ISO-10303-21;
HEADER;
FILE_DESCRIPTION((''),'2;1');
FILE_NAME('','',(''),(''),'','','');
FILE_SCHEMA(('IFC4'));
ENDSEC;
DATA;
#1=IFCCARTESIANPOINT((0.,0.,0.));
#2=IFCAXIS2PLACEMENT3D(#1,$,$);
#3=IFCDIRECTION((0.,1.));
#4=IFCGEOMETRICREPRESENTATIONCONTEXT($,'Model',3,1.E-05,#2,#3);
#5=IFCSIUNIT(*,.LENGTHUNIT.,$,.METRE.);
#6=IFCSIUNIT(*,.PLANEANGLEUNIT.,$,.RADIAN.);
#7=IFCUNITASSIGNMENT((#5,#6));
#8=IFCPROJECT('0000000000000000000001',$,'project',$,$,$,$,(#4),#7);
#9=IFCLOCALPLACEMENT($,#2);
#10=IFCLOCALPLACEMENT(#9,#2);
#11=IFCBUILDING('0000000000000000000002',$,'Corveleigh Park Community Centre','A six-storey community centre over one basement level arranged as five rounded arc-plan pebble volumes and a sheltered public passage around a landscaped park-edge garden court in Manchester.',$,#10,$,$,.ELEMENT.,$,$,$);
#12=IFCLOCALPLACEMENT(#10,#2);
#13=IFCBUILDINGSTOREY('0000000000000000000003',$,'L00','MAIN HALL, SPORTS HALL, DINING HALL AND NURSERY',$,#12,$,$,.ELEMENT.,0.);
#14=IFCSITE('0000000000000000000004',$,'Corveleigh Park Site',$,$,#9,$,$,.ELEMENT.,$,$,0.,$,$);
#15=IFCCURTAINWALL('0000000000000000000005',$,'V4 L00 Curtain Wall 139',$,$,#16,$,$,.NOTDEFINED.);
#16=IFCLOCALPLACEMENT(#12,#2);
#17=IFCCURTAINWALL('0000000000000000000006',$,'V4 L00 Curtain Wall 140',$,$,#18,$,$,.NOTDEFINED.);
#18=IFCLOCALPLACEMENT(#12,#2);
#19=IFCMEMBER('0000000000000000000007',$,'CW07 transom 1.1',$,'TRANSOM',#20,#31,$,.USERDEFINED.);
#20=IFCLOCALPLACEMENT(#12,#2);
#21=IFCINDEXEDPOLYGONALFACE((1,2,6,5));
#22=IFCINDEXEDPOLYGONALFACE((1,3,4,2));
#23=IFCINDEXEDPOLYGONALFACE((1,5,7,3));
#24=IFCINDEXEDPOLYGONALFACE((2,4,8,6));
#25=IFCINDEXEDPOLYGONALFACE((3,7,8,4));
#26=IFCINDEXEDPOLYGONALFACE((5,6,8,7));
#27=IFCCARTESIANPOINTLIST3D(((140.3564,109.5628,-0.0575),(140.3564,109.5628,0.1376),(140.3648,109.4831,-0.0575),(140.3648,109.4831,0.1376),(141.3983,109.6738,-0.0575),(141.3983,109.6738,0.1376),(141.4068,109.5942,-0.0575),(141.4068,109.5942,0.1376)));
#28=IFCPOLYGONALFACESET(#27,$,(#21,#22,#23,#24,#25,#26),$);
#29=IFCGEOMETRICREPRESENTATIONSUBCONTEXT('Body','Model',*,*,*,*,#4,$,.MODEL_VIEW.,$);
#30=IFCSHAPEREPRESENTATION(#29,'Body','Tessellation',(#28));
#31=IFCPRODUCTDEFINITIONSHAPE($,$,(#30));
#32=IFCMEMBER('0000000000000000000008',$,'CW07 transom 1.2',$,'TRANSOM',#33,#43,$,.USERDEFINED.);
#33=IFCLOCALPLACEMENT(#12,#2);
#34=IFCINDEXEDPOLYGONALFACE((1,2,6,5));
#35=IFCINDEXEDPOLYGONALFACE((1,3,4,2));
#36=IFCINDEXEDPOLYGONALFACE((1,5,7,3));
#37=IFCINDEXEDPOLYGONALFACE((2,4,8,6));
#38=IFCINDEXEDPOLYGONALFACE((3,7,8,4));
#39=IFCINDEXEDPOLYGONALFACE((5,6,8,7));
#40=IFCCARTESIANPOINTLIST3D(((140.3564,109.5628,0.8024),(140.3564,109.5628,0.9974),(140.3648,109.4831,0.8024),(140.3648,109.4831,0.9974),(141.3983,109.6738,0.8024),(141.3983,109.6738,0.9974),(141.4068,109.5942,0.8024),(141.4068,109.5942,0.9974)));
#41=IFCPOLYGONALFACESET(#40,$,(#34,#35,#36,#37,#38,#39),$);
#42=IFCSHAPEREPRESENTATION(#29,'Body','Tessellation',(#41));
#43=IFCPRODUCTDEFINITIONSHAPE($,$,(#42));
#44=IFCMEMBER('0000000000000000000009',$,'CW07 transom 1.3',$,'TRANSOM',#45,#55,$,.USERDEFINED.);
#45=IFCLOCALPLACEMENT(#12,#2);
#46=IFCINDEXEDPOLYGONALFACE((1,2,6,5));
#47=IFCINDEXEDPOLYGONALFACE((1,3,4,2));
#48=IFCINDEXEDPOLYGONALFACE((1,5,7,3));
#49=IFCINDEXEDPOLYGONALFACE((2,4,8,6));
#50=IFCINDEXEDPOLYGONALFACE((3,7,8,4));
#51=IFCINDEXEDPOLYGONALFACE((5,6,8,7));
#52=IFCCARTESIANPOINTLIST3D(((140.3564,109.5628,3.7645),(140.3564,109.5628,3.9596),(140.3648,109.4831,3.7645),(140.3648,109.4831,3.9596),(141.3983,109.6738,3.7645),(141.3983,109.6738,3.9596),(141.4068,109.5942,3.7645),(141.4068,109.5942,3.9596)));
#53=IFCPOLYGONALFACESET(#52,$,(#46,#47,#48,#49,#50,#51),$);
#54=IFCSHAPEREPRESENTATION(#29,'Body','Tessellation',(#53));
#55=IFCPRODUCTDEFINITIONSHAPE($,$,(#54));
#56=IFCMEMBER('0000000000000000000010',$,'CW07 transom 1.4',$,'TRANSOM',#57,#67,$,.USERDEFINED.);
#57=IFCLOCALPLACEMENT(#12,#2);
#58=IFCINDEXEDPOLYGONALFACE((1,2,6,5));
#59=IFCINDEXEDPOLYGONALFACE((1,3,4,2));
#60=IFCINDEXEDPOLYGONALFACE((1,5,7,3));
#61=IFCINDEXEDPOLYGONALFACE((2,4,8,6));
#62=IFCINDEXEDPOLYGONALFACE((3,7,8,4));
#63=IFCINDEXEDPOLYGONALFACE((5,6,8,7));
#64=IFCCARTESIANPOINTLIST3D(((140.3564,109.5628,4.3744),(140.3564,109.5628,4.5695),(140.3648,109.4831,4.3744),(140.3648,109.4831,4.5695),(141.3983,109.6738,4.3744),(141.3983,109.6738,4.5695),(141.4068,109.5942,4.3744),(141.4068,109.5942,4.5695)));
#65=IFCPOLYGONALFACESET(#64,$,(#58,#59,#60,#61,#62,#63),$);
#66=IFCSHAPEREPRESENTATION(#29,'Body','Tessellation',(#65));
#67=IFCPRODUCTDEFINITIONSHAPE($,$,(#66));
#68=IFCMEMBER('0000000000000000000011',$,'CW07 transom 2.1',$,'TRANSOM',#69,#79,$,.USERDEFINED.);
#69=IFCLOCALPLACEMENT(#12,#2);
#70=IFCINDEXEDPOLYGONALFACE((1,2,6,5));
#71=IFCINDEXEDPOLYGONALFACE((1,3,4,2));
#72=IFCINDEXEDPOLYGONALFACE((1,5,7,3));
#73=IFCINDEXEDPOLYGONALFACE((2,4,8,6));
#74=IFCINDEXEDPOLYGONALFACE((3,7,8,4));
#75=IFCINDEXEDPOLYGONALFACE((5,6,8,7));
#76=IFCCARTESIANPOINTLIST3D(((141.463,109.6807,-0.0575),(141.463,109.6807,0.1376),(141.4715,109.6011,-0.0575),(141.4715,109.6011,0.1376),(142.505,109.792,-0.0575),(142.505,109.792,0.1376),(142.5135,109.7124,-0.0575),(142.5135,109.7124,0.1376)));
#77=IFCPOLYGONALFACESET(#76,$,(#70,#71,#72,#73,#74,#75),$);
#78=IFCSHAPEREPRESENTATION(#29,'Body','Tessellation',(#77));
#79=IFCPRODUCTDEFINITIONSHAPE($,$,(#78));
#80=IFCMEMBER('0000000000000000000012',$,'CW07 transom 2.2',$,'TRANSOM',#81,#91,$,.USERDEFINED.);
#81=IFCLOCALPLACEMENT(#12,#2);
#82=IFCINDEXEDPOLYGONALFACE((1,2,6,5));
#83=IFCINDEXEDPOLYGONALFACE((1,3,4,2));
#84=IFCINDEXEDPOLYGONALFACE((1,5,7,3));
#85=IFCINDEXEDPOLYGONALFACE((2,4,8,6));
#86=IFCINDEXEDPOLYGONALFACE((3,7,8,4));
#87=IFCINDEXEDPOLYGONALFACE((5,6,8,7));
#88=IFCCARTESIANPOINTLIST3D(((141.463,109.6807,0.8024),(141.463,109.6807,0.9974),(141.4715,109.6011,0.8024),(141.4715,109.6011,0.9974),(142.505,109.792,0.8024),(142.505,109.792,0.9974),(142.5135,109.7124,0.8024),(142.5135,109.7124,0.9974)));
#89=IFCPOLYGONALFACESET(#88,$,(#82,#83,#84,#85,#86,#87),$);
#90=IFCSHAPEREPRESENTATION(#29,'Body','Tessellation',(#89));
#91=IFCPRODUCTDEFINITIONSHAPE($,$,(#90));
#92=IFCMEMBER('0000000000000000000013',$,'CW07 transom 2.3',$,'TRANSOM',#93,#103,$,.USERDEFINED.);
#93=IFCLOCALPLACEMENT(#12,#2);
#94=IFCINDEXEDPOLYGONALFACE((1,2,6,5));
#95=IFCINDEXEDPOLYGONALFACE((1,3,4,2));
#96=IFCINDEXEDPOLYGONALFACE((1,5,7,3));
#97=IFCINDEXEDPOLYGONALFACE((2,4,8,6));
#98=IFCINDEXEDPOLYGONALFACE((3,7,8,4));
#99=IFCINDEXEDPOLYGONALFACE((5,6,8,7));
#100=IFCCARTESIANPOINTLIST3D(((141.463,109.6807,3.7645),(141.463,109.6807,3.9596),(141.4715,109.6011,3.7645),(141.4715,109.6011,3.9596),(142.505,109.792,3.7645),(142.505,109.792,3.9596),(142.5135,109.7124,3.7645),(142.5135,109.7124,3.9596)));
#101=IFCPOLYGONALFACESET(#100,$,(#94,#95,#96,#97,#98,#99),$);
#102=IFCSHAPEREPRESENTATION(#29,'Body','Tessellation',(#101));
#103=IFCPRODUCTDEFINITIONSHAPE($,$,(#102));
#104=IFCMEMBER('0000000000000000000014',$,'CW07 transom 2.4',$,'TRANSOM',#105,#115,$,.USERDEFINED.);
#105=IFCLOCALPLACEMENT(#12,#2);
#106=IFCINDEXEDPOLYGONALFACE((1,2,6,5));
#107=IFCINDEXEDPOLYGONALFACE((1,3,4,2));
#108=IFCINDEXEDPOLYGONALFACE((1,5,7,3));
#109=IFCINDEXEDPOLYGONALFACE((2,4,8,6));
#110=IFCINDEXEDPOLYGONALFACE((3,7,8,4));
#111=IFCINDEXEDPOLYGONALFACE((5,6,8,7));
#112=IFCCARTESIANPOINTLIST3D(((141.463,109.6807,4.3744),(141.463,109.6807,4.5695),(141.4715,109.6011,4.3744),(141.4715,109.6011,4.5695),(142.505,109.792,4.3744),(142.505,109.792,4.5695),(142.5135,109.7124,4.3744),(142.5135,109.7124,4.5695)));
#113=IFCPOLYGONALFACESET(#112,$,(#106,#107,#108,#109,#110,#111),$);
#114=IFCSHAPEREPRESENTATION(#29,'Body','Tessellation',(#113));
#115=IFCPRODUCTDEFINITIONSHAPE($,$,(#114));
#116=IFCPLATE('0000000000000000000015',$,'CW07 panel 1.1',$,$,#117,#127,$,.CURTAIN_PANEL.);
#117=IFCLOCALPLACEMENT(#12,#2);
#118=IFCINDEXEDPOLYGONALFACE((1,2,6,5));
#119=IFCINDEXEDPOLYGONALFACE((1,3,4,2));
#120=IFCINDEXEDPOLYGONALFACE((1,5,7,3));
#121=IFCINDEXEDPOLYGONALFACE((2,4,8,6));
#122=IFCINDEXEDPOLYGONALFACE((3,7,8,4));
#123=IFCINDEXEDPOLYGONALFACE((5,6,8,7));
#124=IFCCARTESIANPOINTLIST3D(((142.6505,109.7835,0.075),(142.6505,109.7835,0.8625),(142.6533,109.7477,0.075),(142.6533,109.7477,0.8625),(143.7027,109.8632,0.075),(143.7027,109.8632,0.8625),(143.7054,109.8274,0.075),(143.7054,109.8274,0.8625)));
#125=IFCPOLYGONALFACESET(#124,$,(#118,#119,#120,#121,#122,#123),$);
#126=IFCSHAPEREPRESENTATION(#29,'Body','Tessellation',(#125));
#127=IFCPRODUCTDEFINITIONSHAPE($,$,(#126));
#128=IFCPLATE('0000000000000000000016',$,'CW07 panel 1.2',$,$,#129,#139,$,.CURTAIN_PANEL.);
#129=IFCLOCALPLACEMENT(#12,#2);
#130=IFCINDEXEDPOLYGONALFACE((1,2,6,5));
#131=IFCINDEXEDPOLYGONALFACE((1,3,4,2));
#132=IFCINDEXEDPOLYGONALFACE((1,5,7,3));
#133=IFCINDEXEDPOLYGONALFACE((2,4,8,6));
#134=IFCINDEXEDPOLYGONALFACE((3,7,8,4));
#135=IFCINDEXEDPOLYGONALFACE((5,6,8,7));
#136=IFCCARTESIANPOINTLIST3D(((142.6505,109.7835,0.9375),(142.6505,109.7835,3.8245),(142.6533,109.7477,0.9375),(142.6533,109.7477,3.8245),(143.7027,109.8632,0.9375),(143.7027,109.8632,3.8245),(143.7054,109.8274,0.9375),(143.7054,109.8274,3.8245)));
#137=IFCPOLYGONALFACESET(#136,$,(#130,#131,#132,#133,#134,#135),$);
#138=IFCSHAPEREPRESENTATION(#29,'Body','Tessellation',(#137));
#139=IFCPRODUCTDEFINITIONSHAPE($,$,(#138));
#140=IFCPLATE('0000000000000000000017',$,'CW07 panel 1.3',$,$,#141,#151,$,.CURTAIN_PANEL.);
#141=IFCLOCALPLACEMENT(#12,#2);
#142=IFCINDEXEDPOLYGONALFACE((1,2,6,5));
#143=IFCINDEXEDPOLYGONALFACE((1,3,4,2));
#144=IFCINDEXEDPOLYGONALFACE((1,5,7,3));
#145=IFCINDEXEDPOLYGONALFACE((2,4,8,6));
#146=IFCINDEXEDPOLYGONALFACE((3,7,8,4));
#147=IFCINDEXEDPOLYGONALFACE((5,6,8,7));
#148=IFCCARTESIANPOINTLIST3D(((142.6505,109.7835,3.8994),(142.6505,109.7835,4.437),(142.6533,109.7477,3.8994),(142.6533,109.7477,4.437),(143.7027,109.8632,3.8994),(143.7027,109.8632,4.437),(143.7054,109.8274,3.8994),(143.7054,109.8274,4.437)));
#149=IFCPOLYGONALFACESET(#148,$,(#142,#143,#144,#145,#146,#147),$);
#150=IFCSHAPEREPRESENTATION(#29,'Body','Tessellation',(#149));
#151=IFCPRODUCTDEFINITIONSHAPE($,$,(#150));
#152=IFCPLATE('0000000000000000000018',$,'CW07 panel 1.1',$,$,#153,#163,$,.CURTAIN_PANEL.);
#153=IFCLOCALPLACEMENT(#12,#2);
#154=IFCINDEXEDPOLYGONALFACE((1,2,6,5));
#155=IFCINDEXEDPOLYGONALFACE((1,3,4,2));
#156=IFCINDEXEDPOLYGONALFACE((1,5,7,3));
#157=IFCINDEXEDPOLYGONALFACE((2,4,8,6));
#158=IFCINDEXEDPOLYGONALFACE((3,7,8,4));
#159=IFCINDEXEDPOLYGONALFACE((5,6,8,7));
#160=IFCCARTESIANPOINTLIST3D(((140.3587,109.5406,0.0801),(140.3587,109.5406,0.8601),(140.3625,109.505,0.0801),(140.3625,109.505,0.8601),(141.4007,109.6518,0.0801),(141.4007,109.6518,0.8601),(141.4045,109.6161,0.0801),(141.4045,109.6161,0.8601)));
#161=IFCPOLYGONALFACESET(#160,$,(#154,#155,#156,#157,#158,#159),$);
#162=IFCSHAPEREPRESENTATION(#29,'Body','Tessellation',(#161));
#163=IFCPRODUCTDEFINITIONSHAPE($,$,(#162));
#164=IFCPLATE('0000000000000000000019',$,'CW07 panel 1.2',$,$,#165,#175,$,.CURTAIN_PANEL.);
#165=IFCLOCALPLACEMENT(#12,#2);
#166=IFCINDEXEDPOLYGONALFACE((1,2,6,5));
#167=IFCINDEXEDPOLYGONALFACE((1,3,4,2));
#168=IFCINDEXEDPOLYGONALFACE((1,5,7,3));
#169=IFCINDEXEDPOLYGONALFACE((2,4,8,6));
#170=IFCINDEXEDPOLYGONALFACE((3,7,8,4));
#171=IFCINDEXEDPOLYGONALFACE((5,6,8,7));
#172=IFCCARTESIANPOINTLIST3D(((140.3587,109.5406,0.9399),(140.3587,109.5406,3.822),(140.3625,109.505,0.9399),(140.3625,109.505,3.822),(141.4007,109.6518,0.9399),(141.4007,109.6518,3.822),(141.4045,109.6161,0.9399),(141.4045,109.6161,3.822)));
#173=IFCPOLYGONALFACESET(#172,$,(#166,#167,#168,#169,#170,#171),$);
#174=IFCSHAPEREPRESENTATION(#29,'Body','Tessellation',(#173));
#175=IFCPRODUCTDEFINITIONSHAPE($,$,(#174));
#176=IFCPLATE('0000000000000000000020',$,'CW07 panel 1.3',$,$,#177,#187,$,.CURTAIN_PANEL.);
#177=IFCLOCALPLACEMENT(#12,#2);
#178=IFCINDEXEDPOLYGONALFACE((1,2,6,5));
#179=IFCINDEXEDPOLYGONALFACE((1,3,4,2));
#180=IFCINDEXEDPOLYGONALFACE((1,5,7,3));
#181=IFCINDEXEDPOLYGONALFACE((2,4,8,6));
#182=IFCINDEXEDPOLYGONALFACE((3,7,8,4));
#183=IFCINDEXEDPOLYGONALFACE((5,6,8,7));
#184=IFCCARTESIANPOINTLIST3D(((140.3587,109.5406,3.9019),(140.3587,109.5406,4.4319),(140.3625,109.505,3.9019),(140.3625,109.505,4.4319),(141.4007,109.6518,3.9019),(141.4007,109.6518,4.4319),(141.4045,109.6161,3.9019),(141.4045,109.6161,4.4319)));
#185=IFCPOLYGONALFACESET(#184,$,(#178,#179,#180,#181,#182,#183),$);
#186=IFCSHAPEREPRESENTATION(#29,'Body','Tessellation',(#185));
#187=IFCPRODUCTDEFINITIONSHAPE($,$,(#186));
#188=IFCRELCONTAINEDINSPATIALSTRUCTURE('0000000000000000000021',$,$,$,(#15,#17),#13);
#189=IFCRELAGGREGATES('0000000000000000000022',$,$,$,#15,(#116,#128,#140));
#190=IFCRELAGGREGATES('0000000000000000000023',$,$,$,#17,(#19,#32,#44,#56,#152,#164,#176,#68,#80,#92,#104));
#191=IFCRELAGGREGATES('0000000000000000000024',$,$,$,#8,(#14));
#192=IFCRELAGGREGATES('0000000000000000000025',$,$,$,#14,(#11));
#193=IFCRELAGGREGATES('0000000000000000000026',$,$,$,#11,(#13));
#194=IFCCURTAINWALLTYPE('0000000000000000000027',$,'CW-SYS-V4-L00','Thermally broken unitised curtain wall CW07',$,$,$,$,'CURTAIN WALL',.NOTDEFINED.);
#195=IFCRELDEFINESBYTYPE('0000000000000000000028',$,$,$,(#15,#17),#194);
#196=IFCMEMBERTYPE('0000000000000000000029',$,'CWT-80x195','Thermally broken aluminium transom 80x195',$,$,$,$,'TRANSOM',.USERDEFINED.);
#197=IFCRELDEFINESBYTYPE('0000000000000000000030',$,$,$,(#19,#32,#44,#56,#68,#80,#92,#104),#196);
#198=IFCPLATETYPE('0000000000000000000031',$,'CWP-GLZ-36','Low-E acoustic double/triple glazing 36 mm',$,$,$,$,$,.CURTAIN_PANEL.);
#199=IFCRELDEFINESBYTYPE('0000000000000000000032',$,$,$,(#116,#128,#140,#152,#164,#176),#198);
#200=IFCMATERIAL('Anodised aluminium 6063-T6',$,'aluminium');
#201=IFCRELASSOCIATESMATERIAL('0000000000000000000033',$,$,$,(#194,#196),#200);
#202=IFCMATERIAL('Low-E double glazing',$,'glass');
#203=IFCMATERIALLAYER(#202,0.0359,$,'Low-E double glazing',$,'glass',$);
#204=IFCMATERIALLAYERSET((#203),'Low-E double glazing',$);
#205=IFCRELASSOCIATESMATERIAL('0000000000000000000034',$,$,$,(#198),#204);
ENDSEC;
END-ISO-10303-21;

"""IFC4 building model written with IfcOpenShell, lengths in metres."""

from ifc_helpers import new_model, si_unit, direction, frame, origin, origin_2d, place, context, subcontext, project, spatial, rectangle, extrude, material, layer, layer_set, material_profile, profile_set, type_object, element, aggregate, save


model = new_model("IFC4")

# Units and contexts
model_context = context("Model", 3, precision=1e-05, world=origin(), true_north=direction((0.0, 1.0)))
body_context = subcontext(model_context, "Body", "Model", "MODEL_VIEW")
ifc_project = project(units=[si_unit("LENGTHUNIT", "METRE"), si_unit("PLANEANGLEUNIT", "RADIAN")], contexts=[model_context])

# Site, building, storey
site_placement = place(None, origin())
site = spatial("IfcSite", under=ifc_project, at=site_placement, Name="Corveleigh Park Site", CompositionType="ELEMENT", RefElevation=0.0)
building_placement = place(site_placement, origin())
building = spatial("IfcBuilding", under=site, at=building_placement, Name="Corveleigh Park Community Centre", Description="A six-storey community centre over one basement level arranged as five rounded arc-plan pebble volumes and a sheltered public passage around a landscaped park-edge garden court in Manchester.", CompositionType="ELEMENT")
storey_placement = place(building_placement, origin())
storey = spatial("IfcBuildingStorey", under=building, at=storey_placement, Name="L00", Description="MAIN HALL, SPORTS HALL, DINING HALL AND NURSERY", CompositionType="ELEMENT", Elevation=0.0)

# Curtain walls
ifc_material_1 = material(Name="Anodised aluminium 6063-T6", Category="aluminium")
curtain_wall_type = type_object("IfcCurtainWallType", Name="CW-SYS-V4-L00", Description="Thermally broken unitised curtain wall CW07", ElementType="CURTAIN WALL", PredefinedType="NOTDEFINED", material=ifc_material_1)
curtain_wall_1_placement = place(storey_placement, origin())
curtain_wall_1 = element("IfcCurtainWall", 1, at=curtain_wall_1_placement, inside=storey, type_object=curtain_wall_type, Name="V4 L00 Curtain Wall 139", PredefinedType="NOTDEFINED")
curtain_wall_2_placement = place(storey_placement, origin())
curtain_wall_2 = element("IfcCurtainWall", 2, at=curtain_wall_2_placement, inside=storey, type_object=curtain_wall_type, Name="V4 L00 Curtain Wall 140", PredefinedType="NOTDEFINED")

# Members
ifc_material_profile_1 = material_profile(ifc_material_1, rectangle(XDim=0.0801, YDim=0.1951, at=origin_2d()), Name="ALU-T80x195", Category="aluminium")
ifc_profile_set_1 = profile_set([ifc_material_profile_1], Name="Anodised aluminium 6063-T6")
member_type_1 = type_object("IfcMemberType", Name="CWT-80x195", Description="Thermally broken aluminium transom 80x195", ElementType="TRANSOM", PredefinedType="USERDEFINED", material=ifc_profile_set_1)
member_1_placement = place(storey_placement, frame((140.3606, 109.5229, 0.04), z_axis=(0.994365, 0.106007, 0.0), x_axis=(-0.106007, 0.994365, 0.0)))
member_1 = element("IfcMember", 3, at=member_1_placement, type_object=member_type_1, Name="CW07 transom 1.1", ObjectType="TRANSOM", PredefinedType="USERDEFINED", context=body_context, shape_type="SweptSolid", body=[
    extrude(rectangle(XDim=0.0801, YDim=0.1951, at=origin_2d()), origin(), (0.0, 0.0, 1.0), 1.0479),
])
member_2_placement = place(storey_placement, frame((140.3606, 109.5229, 0.8999), z_axis=(0.994365, 0.106007, 0.0), x_axis=(-0.106007, 0.994365, 0.0)))
member_2 = element("IfcMember", 4, at=member_2_placement, type_object=member_type_1, Name="CW07 transom 1.2", ObjectType="TRANSOM", PredefinedType="USERDEFINED", context=body_context, shape_type="SweptSolid", body=[
    extrude(rectangle(XDim=0.0801, YDim=0.1951, at=origin_2d()), origin(), (0.0, 0.0, 1.0), 1.0479),
])
member_3_placement = place(storey_placement, frame((140.3606, 109.5229, 3.8621), z_axis=(0.994365, 0.106007, 0.0), x_axis=(-0.106007, 0.994365, 0.0)))
member_3 = element("IfcMember", 5, at=member_3_placement, type_object=member_type_1, Name="CW07 transom 1.3", ObjectType="TRANSOM", PredefinedType="USERDEFINED", context=body_context, shape_type="SweptSolid", body=[
    extrude(rectangle(XDim=0.0801, YDim=0.1951, at=origin_2d()), origin(), (0.0, 0.0, 1.0), 1.0479),
])
member_4_placement = place(storey_placement, frame((140.3606, 109.5229, 4.4719), z_axis=(0.994365, 0.106007, 0.0), x_axis=(-0.106007, 0.994365, 0.0)))
member_4 = element("IfcMember", 6, at=member_4_placement, type_object=member_type_1, Name="CW07 transom 1.4", ObjectType="TRANSOM", PredefinedType="USERDEFINED", context=body_context, shape_type="SweptSolid", body=[
    extrude(rectangle(XDim=0.0801, YDim=0.1951, at=origin_2d()), origin(), (0.0, 0.0, 1.0), 1.0479),
])
member_5_placement = place(storey_placement, frame((141.4673, 109.6409, 0.04), z_axis=(0.994341, 0.106237, 0.0), x_axis=(-0.106237, 0.994341, 0.0)))
member_5 = element("IfcMember", 7, at=member_5_placement, type_object=member_type_1, Name="CW07 transom 2.1", ObjectType="TRANSOM", PredefinedType="USERDEFINED", context=body_context, shape_type="SweptSolid", body=[
    extrude(rectangle(XDim=0.0801, YDim=0.1951, at=origin_2d()), origin(), (0.0, 0.0, 1.0), 1.0479),
])
member_6_placement = place(storey_placement, frame((141.4673, 109.6409, 0.8999), z_axis=(0.994341, 0.106237, 0.0), x_axis=(-0.106237, 0.994341, 0.0)))
member_6 = element("IfcMember", 8, at=member_6_placement, type_object=member_type_1, Name="CW07 transom 2.2", ObjectType="TRANSOM", PredefinedType="USERDEFINED", context=body_context, shape_type="SweptSolid", body=[
    extrude(rectangle(XDim=0.0801, YDim=0.1951, at=origin_2d()), origin(), (0.0, 0.0, 1.0), 1.0479),
])
member_7_placement = place(storey_placement, frame((141.4673, 109.6409, 3.8621), z_axis=(0.994341, 0.106237, 0.0), x_axis=(-0.106237, 0.994341, 0.0)))
member_7 = element("IfcMember", 9, at=member_7_placement, type_object=member_type_1, Name="CW07 transom 2.3", ObjectType="TRANSOM", PredefinedType="USERDEFINED", context=body_context, shape_type="SweptSolid", body=[
    extrude(rectangle(XDim=0.0801, YDim=0.1951, at=origin_2d()), origin(), (0.0, 0.0, 1.0), 1.0479),
])
member_8_placement = place(storey_placement, frame((141.4673, 109.6409, 4.4719), z_axis=(0.994341, 0.106237, 0.0), x_axis=(-0.106237, 0.994341, 0.0)))
member_8 = element("IfcMember", 10, at=member_8_placement, type_object=member_type_1, Name="CW07 transom 2.4", ObjectType="TRANSOM", PredefinedType="USERDEFINED", context=body_context, shape_type="SweptSolid", body=[
    extrude(rectangle(XDim=0.0801, YDim=0.1951, at=origin_2d()), origin(), (0.0, 0.0, 1.0), 1.0479),
])

# Plates
ifc_material_2 = material(Name="Low-E double glazing", Category="glass")
ifc_layer_1 = layer(ifc_material_2, 0.0359, Name="Low-E double glazing", Category="glass")
ifc_layer_set_1 = layer_set([ifc_layer_1], Name="Low-E double glazing")
plate_type_1 = type_object("IfcPlateType", Name="CWP-GLZ-36", Description="Low-E acoustic double/triple glazing 36 mm", PredefinedType="CURTAIN_PANEL", material=ifc_layer_set_1)
plate_1_placement = place(storey_placement, frame((143.178, 109.8054, 0.075), z_axis=(0.0, 0.0, 1.0), x_axis=(0.997144, 0.075528, 0.0)))
plate_1 = element("IfcPlate", 11, at=plate_1_placement, type_object=plate_type_1, Name="CW07 panel 1.1", PredefinedType="CURTAIN_PANEL", context=body_context, shape_type="SweptSolid", body=[
    extrude(rectangle(XDim=1.0552, YDim=0.0359, at=origin_2d()), origin(), (0.0, 0.0, 1.0), 0.7876),
])
plate_2_placement = place(storey_placement, frame((143.178, 109.8054, 0.9375), z_axis=(0.0, 0.0, 1.0), x_axis=(0.997144, 0.075528, 0.0)))
plate_2 = element("IfcPlate", 12, at=plate_2_placement, type_object=plate_type_1, Name="CW07 panel 1.2", PredefinedType="CURTAIN_PANEL", context=body_context, shape_type="SweptSolid", body=[
    extrude(rectangle(XDim=1.0552, YDim=0.0359, at=origin_2d()), origin(), (0.0, 0.0, 1.0), 2.887),
])
plate_3_placement = place(storey_placement, frame((143.178, 109.8054, 3.8994), z_axis=(0.0, 0.0, 1.0), x_axis=(0.997144, 0.075528, 0.0)))
plate_3 = element("IfcPlate", 13, at=plate_3_placement, type_object=plate_type_1, Name="CW07 panel 1.3", PredefinedType="CURTAIN_PANEL", context=body_context, shape_type="SweptSolid", body=[
    extrude(rectangle(XDim=1.0552, YDim=0.0359, at=origin_2d()), origin(), (0.0, 0.0, 1.0), 0.5376),
])
aggregate(curtain_wall_1, [plate_1, plate_2, plate_3])
plate_4_placement = place(storey_placement, frame((140.8816, 109.5784, 0.0801), z_axis=(0.0, 0.0, 1.0), x_axis=(0.994359, 0.106071, 0.0)))
plate_4 = element("IfcPlate", 14, at=plate_4_placement, type_object=plate_type_1, Name="CW07 panel 1.1", PredefinedType="CURTAIN_PANEL", context=body_context, shape_type="SweptSolid", body=[
    extrude(rectangle(XDim=1.0479, YDim=0.0359, at=origin_2d()), origin(), (0.0, 0.0, 1.0), 0.78),
])
plate_5_placement = place(storey_placement, frame((140.8816, 109.5784, 0.9399), z_axis=(0.0, 0.0, 1.0), x_axis=(0.994359, 0.106071, 0.0)))
plate_5 = element("IfcPlate", 15, at=plate_5_placement, type_object=plate_type_1, Name="CW07 panel 1.2", PredefinedType="CURTAIN_PANEL", context=body_context, shape_type="SweptSolid", body=[
    extrude(rectangle(XDim=1.0479, YDim=0.0359, at=origin_2d()), origin(), (0.0, 0.0, 1.0), 2.8821),
])
plate_6_placement = place(storey_placement, frame((140.8816, 109.5784, 3.9019), z_axis=(0.0, 0.0, 1.0), x_axis=(0.994359, 0.106071, 0.0)))
plate_6 = element("IfcPlate", 16, at=plate_6_placement, type_object=plate_type_1, Name="CW07 panel 1.3", PredefinedType="CURTAIN_PANEL", context=body_context, shape_type="SweptSolid", body=[
    extrude(rectangle(XDim=1.0479, YDim=0.0359, at=origin_2d()), origin(), (0.0, 0.0, 1.0), 0.53),
])
aggregate(curtain_wall_2, [member_1, member_2, member_3, member_4, plate_4, plate_5, plate_6, member_5, member_6, member_7, member_8])

save(model, "model.ifc")
